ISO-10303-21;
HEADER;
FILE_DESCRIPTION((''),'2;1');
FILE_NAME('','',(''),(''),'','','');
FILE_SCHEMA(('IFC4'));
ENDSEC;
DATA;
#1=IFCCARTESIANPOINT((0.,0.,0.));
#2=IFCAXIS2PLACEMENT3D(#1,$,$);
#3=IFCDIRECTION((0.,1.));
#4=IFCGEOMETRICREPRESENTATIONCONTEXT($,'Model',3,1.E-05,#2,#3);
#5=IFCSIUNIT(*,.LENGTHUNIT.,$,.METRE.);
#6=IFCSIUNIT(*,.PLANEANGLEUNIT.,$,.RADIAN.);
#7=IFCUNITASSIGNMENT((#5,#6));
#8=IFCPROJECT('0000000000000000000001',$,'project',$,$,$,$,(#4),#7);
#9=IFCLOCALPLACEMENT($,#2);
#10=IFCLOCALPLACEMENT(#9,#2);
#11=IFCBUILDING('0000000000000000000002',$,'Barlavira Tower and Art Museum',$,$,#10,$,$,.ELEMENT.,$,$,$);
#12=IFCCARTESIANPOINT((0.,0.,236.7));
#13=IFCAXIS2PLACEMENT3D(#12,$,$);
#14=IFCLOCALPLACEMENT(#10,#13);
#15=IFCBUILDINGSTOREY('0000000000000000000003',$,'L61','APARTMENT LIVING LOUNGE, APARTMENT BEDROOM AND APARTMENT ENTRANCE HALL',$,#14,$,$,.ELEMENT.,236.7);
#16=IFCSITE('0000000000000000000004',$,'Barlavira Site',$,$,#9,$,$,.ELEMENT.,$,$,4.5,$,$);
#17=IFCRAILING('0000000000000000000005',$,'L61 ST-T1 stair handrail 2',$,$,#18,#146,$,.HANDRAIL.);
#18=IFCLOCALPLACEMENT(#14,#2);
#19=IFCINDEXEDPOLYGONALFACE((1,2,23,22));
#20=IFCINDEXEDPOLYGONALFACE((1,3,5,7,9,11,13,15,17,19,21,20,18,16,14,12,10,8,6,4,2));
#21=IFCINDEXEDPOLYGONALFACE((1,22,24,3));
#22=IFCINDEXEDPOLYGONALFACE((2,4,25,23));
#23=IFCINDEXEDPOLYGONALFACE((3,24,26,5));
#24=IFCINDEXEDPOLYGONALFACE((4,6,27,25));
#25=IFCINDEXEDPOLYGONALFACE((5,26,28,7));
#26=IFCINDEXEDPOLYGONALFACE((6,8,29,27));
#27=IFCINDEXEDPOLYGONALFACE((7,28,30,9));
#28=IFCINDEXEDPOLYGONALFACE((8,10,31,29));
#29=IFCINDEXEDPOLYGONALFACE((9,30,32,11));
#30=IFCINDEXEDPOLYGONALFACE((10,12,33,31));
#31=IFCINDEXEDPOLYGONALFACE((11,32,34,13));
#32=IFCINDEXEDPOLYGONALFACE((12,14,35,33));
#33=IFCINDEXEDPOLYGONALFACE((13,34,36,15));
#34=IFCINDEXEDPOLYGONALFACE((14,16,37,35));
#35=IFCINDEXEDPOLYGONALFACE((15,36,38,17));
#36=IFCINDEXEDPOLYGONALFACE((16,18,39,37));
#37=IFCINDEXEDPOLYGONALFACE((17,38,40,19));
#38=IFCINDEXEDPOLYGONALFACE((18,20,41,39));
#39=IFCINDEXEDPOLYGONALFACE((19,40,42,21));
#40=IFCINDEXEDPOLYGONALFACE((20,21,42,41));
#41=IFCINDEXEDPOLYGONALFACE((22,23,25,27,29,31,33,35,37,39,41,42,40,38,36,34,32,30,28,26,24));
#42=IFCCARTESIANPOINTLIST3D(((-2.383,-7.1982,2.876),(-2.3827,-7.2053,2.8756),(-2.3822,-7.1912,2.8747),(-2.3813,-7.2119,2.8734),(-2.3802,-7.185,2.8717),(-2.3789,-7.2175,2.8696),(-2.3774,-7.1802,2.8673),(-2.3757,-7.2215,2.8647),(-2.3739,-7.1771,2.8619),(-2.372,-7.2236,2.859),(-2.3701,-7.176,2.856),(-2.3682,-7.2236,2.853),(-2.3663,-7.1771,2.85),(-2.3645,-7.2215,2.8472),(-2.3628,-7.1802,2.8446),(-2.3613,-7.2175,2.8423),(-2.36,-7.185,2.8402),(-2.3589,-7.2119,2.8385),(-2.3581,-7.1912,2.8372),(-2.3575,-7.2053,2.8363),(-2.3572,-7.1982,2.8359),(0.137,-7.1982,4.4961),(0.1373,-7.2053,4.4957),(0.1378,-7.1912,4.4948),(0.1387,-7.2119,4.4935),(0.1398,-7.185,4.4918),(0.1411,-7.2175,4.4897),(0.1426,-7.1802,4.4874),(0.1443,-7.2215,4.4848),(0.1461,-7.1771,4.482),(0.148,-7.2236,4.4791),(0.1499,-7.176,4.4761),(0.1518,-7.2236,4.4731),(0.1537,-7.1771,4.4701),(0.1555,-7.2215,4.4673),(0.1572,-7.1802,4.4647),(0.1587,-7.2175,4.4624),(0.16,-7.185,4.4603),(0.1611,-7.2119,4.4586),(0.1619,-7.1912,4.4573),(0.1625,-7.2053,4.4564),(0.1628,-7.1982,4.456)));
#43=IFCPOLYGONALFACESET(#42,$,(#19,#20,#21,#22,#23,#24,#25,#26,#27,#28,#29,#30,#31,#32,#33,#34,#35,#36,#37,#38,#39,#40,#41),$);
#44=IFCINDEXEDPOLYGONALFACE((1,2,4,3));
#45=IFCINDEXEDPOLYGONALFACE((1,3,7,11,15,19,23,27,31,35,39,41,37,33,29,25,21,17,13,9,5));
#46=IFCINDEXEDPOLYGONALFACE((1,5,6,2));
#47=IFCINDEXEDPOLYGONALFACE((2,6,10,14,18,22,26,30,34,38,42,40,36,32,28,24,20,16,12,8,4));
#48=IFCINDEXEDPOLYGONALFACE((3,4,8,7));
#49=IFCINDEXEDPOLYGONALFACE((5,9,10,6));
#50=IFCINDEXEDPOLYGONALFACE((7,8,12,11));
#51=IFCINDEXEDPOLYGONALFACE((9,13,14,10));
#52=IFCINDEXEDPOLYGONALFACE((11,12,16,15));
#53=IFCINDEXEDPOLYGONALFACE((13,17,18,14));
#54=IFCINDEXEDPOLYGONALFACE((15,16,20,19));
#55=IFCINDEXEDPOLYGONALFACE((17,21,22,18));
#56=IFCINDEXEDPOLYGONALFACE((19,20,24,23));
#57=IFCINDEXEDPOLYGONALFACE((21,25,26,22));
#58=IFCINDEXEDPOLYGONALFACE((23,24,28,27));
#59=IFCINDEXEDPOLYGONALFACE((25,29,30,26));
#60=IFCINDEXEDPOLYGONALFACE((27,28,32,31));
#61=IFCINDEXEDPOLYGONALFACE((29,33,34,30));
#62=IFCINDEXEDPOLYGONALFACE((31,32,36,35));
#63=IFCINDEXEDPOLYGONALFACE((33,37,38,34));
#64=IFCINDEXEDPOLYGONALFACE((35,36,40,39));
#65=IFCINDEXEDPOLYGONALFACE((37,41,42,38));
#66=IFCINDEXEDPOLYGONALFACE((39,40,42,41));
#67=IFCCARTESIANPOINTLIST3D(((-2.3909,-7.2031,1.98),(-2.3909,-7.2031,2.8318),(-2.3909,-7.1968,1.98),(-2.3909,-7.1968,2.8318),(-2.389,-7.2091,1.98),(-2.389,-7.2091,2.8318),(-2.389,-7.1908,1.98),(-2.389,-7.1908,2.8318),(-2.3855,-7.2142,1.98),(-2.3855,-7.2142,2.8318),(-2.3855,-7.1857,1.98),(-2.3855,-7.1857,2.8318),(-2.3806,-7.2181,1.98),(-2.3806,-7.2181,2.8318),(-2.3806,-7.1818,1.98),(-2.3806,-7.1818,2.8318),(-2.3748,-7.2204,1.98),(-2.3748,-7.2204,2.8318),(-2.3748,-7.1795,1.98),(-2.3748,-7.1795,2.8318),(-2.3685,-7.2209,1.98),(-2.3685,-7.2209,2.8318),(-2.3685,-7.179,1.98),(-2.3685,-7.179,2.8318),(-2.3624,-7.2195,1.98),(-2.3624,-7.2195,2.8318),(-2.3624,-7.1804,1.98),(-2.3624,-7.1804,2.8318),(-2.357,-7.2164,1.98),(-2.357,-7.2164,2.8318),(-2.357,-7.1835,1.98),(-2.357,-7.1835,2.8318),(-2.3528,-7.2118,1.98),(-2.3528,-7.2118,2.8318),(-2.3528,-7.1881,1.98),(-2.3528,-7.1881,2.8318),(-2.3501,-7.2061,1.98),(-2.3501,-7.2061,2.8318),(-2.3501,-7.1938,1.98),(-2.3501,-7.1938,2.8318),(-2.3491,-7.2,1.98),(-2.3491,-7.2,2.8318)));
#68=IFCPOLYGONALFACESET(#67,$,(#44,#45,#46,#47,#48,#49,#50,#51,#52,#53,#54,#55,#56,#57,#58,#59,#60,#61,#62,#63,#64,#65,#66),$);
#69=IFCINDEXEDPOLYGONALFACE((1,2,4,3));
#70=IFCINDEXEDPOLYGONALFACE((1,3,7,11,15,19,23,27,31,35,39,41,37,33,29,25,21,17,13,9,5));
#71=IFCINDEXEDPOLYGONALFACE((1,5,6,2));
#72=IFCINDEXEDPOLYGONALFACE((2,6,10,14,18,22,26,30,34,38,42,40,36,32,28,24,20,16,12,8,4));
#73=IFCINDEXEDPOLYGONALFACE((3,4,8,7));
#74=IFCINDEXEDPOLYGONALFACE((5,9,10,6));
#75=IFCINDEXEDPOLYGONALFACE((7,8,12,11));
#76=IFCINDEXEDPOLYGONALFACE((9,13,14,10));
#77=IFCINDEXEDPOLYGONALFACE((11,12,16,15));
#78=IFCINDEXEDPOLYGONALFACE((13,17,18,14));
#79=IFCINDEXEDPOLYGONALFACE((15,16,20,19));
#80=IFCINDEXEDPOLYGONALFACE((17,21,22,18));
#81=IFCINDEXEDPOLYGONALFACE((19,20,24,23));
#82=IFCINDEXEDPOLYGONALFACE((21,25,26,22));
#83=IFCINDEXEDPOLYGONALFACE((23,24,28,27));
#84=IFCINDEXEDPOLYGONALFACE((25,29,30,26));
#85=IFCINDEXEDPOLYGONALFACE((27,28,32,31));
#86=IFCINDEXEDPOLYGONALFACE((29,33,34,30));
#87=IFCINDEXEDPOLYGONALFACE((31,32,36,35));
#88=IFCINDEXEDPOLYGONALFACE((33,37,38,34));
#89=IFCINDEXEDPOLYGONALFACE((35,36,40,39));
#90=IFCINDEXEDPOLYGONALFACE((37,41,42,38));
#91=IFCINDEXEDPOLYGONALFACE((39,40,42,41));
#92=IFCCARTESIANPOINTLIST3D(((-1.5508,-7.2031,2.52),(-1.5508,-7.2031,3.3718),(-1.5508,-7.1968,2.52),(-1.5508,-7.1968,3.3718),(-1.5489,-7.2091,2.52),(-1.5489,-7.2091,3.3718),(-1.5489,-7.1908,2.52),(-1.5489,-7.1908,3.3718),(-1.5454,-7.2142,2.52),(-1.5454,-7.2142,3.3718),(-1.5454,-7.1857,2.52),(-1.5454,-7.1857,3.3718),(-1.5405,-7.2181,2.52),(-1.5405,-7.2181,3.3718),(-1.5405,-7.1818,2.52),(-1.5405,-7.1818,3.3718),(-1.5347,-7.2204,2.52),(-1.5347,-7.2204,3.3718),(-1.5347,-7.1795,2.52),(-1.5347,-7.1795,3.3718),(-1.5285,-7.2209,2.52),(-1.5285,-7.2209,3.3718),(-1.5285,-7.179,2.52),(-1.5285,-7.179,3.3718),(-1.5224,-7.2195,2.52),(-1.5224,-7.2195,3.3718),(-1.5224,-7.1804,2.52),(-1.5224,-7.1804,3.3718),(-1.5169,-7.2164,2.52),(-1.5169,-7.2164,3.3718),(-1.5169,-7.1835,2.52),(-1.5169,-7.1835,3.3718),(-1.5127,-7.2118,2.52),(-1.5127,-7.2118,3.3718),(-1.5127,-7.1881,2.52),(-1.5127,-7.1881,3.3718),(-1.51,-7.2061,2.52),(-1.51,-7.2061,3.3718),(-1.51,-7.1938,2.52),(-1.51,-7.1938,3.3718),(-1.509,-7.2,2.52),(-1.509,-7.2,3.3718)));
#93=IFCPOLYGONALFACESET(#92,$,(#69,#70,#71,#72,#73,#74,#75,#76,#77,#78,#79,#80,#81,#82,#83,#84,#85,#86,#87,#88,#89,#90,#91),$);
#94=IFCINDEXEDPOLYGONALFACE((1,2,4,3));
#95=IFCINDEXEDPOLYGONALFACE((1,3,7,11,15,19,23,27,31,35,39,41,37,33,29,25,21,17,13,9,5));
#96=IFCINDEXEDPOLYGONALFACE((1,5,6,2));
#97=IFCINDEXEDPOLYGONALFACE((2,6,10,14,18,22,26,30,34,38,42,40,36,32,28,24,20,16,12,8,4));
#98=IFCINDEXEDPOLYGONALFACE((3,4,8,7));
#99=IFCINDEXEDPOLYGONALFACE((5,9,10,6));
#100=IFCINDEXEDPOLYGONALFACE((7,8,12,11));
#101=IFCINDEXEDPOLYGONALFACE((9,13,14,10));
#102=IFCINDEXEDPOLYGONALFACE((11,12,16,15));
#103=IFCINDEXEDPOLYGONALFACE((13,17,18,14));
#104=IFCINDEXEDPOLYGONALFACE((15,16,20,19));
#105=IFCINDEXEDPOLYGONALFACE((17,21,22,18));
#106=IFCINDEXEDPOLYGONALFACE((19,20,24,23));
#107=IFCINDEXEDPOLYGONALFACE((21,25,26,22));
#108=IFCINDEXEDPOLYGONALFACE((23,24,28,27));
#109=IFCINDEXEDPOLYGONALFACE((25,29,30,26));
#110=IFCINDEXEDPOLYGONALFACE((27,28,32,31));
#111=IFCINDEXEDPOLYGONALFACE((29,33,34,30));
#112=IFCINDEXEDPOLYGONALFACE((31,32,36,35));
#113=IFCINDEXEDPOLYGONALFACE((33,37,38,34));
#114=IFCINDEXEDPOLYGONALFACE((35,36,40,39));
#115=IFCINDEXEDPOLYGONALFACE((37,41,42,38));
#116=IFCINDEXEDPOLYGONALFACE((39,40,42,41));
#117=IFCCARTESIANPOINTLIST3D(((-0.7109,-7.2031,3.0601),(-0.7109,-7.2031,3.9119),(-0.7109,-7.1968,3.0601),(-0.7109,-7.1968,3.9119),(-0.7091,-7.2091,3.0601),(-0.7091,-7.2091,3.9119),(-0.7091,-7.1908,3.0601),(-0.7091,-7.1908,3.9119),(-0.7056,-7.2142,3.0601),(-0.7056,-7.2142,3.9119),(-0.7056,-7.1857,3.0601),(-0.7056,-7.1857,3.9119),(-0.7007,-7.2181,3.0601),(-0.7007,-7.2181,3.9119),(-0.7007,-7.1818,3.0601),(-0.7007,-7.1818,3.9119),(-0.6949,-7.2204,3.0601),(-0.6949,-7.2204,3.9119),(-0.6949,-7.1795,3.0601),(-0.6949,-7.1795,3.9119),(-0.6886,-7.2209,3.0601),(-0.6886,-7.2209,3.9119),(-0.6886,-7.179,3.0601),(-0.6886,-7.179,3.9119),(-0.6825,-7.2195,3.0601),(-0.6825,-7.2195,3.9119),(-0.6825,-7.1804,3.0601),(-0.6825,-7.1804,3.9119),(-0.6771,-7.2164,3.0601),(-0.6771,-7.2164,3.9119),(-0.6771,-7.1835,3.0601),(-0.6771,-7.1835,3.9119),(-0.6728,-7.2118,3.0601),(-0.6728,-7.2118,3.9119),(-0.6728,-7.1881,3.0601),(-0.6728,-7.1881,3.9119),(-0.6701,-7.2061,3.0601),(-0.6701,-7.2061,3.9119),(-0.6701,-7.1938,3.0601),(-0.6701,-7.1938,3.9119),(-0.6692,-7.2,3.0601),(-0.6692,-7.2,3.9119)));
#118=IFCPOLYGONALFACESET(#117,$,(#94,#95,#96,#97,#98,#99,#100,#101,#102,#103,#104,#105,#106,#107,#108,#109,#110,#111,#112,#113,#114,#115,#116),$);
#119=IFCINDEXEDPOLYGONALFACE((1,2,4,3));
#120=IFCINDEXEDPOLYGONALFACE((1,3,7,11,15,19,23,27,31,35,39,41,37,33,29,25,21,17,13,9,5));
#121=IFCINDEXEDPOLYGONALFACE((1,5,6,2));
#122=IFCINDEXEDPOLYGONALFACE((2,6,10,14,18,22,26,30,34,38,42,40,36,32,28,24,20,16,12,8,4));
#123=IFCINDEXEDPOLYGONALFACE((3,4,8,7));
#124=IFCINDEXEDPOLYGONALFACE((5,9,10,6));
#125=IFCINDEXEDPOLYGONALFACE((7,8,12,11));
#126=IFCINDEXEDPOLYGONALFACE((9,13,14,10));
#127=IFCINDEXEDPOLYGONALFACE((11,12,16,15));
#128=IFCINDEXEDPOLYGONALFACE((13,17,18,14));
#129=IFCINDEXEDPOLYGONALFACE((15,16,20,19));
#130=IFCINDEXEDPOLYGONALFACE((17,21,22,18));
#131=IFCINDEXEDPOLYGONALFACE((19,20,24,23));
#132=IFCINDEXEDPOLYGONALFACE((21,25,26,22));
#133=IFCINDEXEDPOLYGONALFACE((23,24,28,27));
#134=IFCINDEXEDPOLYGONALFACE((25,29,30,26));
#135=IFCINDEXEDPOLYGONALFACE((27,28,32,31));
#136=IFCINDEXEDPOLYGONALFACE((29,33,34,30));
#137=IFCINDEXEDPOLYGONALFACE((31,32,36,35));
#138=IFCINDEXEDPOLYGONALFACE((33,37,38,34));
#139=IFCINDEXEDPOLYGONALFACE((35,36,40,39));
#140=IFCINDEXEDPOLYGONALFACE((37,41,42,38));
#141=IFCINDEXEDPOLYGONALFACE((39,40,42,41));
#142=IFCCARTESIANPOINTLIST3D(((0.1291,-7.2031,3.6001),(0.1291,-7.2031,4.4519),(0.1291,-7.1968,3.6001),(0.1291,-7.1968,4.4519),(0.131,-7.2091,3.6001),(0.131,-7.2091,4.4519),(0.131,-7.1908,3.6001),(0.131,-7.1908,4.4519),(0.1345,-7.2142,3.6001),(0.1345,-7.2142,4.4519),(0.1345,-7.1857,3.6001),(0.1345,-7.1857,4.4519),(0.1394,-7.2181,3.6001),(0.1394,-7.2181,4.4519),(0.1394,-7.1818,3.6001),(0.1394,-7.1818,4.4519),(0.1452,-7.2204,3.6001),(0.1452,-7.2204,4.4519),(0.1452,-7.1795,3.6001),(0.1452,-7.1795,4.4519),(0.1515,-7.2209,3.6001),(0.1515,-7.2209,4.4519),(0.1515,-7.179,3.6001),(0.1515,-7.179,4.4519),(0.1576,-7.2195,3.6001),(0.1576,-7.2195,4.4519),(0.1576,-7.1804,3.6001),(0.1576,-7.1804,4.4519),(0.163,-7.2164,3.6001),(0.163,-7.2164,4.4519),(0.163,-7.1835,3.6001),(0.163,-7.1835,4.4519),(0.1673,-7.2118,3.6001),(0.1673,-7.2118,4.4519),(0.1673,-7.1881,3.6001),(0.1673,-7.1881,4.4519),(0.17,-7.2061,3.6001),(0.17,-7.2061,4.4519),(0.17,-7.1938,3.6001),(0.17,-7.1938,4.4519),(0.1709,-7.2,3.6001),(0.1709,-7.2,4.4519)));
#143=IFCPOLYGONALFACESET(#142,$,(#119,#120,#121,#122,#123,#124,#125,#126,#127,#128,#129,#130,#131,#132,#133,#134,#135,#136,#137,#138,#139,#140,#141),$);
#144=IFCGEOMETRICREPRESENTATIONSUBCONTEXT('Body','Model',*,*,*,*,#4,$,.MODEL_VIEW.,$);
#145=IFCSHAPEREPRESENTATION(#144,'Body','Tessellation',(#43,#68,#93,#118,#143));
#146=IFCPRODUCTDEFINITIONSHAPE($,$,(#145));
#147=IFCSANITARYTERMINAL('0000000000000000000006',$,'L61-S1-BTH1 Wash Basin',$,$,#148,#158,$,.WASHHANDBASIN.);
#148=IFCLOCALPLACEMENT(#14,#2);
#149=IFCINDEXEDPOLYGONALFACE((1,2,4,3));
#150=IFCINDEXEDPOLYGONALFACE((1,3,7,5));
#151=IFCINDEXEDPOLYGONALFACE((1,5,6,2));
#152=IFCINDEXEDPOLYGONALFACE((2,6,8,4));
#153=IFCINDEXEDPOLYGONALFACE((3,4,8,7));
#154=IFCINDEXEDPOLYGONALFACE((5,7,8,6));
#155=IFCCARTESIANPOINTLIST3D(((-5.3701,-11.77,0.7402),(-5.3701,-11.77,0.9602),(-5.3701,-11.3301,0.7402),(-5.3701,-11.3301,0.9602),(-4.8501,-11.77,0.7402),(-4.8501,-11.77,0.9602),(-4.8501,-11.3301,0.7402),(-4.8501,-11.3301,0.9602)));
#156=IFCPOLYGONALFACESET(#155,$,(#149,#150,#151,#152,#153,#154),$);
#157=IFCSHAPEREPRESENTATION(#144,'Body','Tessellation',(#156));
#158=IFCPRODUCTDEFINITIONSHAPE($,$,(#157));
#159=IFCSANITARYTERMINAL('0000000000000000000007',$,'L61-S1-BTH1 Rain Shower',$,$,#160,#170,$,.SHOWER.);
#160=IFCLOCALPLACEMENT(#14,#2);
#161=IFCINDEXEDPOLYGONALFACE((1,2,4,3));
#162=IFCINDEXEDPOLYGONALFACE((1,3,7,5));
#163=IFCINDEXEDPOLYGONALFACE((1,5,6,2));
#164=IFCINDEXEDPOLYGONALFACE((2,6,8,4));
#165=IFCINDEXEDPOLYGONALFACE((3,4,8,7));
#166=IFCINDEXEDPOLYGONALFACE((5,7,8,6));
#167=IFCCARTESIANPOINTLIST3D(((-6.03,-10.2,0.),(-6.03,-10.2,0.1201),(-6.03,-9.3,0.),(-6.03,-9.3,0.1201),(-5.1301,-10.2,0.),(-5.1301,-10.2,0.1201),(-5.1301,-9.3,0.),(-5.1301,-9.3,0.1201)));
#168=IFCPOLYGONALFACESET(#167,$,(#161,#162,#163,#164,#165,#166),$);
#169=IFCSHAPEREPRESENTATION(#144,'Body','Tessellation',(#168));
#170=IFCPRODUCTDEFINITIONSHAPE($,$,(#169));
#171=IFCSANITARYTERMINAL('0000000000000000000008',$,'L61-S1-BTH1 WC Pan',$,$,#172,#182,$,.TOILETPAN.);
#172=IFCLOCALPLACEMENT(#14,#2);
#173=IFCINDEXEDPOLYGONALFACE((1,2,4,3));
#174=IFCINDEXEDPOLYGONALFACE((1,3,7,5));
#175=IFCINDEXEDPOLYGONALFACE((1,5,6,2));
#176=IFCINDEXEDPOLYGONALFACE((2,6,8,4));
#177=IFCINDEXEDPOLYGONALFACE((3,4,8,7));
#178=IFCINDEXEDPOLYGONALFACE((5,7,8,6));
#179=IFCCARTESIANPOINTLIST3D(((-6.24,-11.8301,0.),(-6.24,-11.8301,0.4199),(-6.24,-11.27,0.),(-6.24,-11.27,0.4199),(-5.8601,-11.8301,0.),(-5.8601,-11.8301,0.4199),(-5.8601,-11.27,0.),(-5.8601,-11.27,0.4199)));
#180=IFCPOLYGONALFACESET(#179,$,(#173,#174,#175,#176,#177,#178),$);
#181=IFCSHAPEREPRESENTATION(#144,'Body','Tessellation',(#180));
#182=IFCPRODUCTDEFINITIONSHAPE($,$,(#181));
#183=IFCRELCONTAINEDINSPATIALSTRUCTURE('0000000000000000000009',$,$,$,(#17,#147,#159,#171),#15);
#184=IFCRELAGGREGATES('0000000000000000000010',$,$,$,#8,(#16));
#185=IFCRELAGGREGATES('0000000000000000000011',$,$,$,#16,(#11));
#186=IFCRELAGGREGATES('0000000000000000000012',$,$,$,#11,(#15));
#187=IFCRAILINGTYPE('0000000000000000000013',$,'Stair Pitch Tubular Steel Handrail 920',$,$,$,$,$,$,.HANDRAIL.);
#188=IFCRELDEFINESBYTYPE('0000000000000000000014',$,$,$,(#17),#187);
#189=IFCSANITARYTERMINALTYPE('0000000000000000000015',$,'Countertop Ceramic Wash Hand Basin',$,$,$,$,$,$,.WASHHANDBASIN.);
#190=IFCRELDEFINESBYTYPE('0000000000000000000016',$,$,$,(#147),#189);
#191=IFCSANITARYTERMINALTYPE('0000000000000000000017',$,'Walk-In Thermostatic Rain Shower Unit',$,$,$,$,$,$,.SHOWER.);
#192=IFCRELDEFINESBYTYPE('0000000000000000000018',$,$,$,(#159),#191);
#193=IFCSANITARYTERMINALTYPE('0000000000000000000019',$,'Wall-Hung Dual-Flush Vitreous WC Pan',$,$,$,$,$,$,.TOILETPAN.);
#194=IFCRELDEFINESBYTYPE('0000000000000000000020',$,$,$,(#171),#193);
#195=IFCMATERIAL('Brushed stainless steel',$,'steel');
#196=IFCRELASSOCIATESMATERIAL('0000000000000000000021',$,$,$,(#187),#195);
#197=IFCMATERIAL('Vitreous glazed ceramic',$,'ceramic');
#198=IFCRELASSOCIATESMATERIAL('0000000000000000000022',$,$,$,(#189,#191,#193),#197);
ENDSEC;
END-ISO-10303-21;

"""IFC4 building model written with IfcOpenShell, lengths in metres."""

from ifc_helpers import new_model, si_unit, direction, frame, origin, origin_2d, place, context, subcontext, project, spatial, rectangle, circle, extrude, material, type_object, element, save


model = new_model("IFC4")

# Units and contexts
model_context = context("Model", 3, precision=1e-05, world=origin(), true_north=direction((0.0, 1.0)))
body_context = subcontext(model_context, "Body", "Model", "MODEL_VIEW")
ifc_project = project(units=[si_unit("LENGTHUNIT", "METRE"), si_unit("PLANEANGLEUNIT", "RADIAN")], contexts=[model_context])

# Site, building, storey
site_placement = place(None, origin())
site = spatial("IfcSite", under=ifc_project, at=site_placement, Name="Barlavira Site", CompositionType="ELEMENT", RefElevation=4.5)
building_placement = place(site_placement, origin())
building = spatial("IfcBuilding", under=site, at=building_placement, Name="Barlavira Tower and Art Museum", CompositionType="ELEMENT")
storey_placement = place(building_placement, frame((0.0, 0.0, 236.7)))
storey = spatial("IfcBuildingStorey", under=building, at=storey_placement, Name="L61", Description="APARTMENT LIVING LOUNGE, APARTMENT BEDROOM AND APARTMENT ENTRANCE HALL", CompositionType="ELEMENT", Elevation=236.7)

# Shared definitions
ifc_material_1 = material(Name="Brushed stainless steel", Category="steel")

# Railing
railing_type_1 = type_object("IfcRailingType", Name="Stair Pitch Tubular Steel Handrail 920", PredefinedType="HANDRAIL", material=ifc_material_1)
railing_1_placement = place(storey_placement, frame((-2.3701, -7.2, 1.98)))
element("IfcRailing", 1, at=railing_1_placement, inside=storey, type_object=railing_type_1, Name="L61 ST-T1 stair handrail 2", PredefinedType="HANDRAIL", context=body_context, shape_type="SweptSolid", body=[
    extrude(circle(Radius=0.0239, at=origin_2d()), frame((0.0, 0.0, 0.876), z_axis=(0.841163, 0.0, 0.540782), x_axis=(0.0, 1.0, 0.0)), (0.0, 0.0, 1.0), 2.9958),
    extrude(circle(Radius=0.021, at=origin_2d()), origin(), (0.0, 0.0, 1.0), 0.8518),
    extrude(circle(Radius=0.021, at=origin_2d()), frame((0.8401, 0.0, 0.54)), (0.0, 0.0, 1.0), 0.8518),
    extrude(circle(Radius=0.021, at=origin_2d()), frame((1.6799, 0.0, 1.0801)), (0.0, 0.0, 1.0), 0.8518),
    extrude(circle(Radius=0.021, at=origin_2d()), frame((2.52, 0.0, 1.6201)), (0.0, 0.0, 1.0), 0.8518),
])

# Sanitary terminals
ifc_material_2 = material(Name="Vitreous glazed ceramic", Category="ceramic")
sanitary_terminal_type_1 = type_object("IfcSanitaryTerminalType", Name="Countertop Ceramic Wash Hand Basin", PredefinedType="WASHHANDBASIN", material=ifc_material_2)
sanitary_terminal_1_placement = place(storey_placement, frame((-5.1101, -11.55, 0.7402), z_axis=(0.0, 0.0, 1.0), x_axis=(1.0, 0.0, 0.0)))
element("IfcSanitaryTerminal", 2, at=sanitary_terminal_1_placement, inside=storey, type_object=sanitary_terminal_type_1, Name="L61-S1-BTH1 Wash Basin", PredefinedType="WASHHANDBASIN", context=body_context, shape_type="SweptSolid", body=[
    extrude(rectangle(XDim=0.52, YDim=0.4399, at=origin_2d()), origin(), (0.0, 0.0, 1.0), 0.22),
])
sanitary_terminal_type_2 = type_object("IfcSanitaryTerminalType", Name="Walk-In Thermostatic Rain Shower Unit", PredefinedType="SHOWER", material=ifc_material_2)
sanitary_terminal_2_placement = place(storey_placement, frame((-5.5801, -9.75, 0.0), z_axis=(0.0, 0.0, 1.0), x_axis=(1.0, 0.0, 0.0)))
element("IfcSanitaryTerminal", 3, at=sanitary_terminal_2_placement, inside=storey, type_object=sanitary_terminal_type_2, Name="L61-S1-BTH1 Rain Shower", PredefinedType="SHOWER", context=body_context, shape_type="SweptSolid", body=[
    extrude(rectangle(XDim=0.8999, YDim=0.8999, at=origin_2d()), origin(), (0.0, 0.0, 1.0), 0.1201),
])
sanitary_terminal_type_3 = type_object("IfcSanitaryTerminalType", Name="Wall-Hung Dual-Flush Vitreous WC Pan", PredefinedType="TOILETPAN", material=ifc_material_2)
sanitary_terminal_3_placement = place(storey_placement, frame((-6.05, -11.55, 0.0), z_axis=(0.0, 0.0, 1.0), x_axis=(1.0, 0.0, 0.0)))
element("IfcSanitaryTerminal", 4, at=sanitary_terminal_3_placement, inside=storey, type_object=sanitary_terminal_type_3, Name="L61-S1-BTH1 WC Pan", PredefinedType="TOILETPAN", context=body_context, shape_type="SweptSolid", body=[
    extrude(rectangle(XDim=0.3799, YDim=0.5601, at=origin_2d()), origin(), (0.0, 0.0, 1.0), 0.4199),
])

save(model, "model.ifc")
